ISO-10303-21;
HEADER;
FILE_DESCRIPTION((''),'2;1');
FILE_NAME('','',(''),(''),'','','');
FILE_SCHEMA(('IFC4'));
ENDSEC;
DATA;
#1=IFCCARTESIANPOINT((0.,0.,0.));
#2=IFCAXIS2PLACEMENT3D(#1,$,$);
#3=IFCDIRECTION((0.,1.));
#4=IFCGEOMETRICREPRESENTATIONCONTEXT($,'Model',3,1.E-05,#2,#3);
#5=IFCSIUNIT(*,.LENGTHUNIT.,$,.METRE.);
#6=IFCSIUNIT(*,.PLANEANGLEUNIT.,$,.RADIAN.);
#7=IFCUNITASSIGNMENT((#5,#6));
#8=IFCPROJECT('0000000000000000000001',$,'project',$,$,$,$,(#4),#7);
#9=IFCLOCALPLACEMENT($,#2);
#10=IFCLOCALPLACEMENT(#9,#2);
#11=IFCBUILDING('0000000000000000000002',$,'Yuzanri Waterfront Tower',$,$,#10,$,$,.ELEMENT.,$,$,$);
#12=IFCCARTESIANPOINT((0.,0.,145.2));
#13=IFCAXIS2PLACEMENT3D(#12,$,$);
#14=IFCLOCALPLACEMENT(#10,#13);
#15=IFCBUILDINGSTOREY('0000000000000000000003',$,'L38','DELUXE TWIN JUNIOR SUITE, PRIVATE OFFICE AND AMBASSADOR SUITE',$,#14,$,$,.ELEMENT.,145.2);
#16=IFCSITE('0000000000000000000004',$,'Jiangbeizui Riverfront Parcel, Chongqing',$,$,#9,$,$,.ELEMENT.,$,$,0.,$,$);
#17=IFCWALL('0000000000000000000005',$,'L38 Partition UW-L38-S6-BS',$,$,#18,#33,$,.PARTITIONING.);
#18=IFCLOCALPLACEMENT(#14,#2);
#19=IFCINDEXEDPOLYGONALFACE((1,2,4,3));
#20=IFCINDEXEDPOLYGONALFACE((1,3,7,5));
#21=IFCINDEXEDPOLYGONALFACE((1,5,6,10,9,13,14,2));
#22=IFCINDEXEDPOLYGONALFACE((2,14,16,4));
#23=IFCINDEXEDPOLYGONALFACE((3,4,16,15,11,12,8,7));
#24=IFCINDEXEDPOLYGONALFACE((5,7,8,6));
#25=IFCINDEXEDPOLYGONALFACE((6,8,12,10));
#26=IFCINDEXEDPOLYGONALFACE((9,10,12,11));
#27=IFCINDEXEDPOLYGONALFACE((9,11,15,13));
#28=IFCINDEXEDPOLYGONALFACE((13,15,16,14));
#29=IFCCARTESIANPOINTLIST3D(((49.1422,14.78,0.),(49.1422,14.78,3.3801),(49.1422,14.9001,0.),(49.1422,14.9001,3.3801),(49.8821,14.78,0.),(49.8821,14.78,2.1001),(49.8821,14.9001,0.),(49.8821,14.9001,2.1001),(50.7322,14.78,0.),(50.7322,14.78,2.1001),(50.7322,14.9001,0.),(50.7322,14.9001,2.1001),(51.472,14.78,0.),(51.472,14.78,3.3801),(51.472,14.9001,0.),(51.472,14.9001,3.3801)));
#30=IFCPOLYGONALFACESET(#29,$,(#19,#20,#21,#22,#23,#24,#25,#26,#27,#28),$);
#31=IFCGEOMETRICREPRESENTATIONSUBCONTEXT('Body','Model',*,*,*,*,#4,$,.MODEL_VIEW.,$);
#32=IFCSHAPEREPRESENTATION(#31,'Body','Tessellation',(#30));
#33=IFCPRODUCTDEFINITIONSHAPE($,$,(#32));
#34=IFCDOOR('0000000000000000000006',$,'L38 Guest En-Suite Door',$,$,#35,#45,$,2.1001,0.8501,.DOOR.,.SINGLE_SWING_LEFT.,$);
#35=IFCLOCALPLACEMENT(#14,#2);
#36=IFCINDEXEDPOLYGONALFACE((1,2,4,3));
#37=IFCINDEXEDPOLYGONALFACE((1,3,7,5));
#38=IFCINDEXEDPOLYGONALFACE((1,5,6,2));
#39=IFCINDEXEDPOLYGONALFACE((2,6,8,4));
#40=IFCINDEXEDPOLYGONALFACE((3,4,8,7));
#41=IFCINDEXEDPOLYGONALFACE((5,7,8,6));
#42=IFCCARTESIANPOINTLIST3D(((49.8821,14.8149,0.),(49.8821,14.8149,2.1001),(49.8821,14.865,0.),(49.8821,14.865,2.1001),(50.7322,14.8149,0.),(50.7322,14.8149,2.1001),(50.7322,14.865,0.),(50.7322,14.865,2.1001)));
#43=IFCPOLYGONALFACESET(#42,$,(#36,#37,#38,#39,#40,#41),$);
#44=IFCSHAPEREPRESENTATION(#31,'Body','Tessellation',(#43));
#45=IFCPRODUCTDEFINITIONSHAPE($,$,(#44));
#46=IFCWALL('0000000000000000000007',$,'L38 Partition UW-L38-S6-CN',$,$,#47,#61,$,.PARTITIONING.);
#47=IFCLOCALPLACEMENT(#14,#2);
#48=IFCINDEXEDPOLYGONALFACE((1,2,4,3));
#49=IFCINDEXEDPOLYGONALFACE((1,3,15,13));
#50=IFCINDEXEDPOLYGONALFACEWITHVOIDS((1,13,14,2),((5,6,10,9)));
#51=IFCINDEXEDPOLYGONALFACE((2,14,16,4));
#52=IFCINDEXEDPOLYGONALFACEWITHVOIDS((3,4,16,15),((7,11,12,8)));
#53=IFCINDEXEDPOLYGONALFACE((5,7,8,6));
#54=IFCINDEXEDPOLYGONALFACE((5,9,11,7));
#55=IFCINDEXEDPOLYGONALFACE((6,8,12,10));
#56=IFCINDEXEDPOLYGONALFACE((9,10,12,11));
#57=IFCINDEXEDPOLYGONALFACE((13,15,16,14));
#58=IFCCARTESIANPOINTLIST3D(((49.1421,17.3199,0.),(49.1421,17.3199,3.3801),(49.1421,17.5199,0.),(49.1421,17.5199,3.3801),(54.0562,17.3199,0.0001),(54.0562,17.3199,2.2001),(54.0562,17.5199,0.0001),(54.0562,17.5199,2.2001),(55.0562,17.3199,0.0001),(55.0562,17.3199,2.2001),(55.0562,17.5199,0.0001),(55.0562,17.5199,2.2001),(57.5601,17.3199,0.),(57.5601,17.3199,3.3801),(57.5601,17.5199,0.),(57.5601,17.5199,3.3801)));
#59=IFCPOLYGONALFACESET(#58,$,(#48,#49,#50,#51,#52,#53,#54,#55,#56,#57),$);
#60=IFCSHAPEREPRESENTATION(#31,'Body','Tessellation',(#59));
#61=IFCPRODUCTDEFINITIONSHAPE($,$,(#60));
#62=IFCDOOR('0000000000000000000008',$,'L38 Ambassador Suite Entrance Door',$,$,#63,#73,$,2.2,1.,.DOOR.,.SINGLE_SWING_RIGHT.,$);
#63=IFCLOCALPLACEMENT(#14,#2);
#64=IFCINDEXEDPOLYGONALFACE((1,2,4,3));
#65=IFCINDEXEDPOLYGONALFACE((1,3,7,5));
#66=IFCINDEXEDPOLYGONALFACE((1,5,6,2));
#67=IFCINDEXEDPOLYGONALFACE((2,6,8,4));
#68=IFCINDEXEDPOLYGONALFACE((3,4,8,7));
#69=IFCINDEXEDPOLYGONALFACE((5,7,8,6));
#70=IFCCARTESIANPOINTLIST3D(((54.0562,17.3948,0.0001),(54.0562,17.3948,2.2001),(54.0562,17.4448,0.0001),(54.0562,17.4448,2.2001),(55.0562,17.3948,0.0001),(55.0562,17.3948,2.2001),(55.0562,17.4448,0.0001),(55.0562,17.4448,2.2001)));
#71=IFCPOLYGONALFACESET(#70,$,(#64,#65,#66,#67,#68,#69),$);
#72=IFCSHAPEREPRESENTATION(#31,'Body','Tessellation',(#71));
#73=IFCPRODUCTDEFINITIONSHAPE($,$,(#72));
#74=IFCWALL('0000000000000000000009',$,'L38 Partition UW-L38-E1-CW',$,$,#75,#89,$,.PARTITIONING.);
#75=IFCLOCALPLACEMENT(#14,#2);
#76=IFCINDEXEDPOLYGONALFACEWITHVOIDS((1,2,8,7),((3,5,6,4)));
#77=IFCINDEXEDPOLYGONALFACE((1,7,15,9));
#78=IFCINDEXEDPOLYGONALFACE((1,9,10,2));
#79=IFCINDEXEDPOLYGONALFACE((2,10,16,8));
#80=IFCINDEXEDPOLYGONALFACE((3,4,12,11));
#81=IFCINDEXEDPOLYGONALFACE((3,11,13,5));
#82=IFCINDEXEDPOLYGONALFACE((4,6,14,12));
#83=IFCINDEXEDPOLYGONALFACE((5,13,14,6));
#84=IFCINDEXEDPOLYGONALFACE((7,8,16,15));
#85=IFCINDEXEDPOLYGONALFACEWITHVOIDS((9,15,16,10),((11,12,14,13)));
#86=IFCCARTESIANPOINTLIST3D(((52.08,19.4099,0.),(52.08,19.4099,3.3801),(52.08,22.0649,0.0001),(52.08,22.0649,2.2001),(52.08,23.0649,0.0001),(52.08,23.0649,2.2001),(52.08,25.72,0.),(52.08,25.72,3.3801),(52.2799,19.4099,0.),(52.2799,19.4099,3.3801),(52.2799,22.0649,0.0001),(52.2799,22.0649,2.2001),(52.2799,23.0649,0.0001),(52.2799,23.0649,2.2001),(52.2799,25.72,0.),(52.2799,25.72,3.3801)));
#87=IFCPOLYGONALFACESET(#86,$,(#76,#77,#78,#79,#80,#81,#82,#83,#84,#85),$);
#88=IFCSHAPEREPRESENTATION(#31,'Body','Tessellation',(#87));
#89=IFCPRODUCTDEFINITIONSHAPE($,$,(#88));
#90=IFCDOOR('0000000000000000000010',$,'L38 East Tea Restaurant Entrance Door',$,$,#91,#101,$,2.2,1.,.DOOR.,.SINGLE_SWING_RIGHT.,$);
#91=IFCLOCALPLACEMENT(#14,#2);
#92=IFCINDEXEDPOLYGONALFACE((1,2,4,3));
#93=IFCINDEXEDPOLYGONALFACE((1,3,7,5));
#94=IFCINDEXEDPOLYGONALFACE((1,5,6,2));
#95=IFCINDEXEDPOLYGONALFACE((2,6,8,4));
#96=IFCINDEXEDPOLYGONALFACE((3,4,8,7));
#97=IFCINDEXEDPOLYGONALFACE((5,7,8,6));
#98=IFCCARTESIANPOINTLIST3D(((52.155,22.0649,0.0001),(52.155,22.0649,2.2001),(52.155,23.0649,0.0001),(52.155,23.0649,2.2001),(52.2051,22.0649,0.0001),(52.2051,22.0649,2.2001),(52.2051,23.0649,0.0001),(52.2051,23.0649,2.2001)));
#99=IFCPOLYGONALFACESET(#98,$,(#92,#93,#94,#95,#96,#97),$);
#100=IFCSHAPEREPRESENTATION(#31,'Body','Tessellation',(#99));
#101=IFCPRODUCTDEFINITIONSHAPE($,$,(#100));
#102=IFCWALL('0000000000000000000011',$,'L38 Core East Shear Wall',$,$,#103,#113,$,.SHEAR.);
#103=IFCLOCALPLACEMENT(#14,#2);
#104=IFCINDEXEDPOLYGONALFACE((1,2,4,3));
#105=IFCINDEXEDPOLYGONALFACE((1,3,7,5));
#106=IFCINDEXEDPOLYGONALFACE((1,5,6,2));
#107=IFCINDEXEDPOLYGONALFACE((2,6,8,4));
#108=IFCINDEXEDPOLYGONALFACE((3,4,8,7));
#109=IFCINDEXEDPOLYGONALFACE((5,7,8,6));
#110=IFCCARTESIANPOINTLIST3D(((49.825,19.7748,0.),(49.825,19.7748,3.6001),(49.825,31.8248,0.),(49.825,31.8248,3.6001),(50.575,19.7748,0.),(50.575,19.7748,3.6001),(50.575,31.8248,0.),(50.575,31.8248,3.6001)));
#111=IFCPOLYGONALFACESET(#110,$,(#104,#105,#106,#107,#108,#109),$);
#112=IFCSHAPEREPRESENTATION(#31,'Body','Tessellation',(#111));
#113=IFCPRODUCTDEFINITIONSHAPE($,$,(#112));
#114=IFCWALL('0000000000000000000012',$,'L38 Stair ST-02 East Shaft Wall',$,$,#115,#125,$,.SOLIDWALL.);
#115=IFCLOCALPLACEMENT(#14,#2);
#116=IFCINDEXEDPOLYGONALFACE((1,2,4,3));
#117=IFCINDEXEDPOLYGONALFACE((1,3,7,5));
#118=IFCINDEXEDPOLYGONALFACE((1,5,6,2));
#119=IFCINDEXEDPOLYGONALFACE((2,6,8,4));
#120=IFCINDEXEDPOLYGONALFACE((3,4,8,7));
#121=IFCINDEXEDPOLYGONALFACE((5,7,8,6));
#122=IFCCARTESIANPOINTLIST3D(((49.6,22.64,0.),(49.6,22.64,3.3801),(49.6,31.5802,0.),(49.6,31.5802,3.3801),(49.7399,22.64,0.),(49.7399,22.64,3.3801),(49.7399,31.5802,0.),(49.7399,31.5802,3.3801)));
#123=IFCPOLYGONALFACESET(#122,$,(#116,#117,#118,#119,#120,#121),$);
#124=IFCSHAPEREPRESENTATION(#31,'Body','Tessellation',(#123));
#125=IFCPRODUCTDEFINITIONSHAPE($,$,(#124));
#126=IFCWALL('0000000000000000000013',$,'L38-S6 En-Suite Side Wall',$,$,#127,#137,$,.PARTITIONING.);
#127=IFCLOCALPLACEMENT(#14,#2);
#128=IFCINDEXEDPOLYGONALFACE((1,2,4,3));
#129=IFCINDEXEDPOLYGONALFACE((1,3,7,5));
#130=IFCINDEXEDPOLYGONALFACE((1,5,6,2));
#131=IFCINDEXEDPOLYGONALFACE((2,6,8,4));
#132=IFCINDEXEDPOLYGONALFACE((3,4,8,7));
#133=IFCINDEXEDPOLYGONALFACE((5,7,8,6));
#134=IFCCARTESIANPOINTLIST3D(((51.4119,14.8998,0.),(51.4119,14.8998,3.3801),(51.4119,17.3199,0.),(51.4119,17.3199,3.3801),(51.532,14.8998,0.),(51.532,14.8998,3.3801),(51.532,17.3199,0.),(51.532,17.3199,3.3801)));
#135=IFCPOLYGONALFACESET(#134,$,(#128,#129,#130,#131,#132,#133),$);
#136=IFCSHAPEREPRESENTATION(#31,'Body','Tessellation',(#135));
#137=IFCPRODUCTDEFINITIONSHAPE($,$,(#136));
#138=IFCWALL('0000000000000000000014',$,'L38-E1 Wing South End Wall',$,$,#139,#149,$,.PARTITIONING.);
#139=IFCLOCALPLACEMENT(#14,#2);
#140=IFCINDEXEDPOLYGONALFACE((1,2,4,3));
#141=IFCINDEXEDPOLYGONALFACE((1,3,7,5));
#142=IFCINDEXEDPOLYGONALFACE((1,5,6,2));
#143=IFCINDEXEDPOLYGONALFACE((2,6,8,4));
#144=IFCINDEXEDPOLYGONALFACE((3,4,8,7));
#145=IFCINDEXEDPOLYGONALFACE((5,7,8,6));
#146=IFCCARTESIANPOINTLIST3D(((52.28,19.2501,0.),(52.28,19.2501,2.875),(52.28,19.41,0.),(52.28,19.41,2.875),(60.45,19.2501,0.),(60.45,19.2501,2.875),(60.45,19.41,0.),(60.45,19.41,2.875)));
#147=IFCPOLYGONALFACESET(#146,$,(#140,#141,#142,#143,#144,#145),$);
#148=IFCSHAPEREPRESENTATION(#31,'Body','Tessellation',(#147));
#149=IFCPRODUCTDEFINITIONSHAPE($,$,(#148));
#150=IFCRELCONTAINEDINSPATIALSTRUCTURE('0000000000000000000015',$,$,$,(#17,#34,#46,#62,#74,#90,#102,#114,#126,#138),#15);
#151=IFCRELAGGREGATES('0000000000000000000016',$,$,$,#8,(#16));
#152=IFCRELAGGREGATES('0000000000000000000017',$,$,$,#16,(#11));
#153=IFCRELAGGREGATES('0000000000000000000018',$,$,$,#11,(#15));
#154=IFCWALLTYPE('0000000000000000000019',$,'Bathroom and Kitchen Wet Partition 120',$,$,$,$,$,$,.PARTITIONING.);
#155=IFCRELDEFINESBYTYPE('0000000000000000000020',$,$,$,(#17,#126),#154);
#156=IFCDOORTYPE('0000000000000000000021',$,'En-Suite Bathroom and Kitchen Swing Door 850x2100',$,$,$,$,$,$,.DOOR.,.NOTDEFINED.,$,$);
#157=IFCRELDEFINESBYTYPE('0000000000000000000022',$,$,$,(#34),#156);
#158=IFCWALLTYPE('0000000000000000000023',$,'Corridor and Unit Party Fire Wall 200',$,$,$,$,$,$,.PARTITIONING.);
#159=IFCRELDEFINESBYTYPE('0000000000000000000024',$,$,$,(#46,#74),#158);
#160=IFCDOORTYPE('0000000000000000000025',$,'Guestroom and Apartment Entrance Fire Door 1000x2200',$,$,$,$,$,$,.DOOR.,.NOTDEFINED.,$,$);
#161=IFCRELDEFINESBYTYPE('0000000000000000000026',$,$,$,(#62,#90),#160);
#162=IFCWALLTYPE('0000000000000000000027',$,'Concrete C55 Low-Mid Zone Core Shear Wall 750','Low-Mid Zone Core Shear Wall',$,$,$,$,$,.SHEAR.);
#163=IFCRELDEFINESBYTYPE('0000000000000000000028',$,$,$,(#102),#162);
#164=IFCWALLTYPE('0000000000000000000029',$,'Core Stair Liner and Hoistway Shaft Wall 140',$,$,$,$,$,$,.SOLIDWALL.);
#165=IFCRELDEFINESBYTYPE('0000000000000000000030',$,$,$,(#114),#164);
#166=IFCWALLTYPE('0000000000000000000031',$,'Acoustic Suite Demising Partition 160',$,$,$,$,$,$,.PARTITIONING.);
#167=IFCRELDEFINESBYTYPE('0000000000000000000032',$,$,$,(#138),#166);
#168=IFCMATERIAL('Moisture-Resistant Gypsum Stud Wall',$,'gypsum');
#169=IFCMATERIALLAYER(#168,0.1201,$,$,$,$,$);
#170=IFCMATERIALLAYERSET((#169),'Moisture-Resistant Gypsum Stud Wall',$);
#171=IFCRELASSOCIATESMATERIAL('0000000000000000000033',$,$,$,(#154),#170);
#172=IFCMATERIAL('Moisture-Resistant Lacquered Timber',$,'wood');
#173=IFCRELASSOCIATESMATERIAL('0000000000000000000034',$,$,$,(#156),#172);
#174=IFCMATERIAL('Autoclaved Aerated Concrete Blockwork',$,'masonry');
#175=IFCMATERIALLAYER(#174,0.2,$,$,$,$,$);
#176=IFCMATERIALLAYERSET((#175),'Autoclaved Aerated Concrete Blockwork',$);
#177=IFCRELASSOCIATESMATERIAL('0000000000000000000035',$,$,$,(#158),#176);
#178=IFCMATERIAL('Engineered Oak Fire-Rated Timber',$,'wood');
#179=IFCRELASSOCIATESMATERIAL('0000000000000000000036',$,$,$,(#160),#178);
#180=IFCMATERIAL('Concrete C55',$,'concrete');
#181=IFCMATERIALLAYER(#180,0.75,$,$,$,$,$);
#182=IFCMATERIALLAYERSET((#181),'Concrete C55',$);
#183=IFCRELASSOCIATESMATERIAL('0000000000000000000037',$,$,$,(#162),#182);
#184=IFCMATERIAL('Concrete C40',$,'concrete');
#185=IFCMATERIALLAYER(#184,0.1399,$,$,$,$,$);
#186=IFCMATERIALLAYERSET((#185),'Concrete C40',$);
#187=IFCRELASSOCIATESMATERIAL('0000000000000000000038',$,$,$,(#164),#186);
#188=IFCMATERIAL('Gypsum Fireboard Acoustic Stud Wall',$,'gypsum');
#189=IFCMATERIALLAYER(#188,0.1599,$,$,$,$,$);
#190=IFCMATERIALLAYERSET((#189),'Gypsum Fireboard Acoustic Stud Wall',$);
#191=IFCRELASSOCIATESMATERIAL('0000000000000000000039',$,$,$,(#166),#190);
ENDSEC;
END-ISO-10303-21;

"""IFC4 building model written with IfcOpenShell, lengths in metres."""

from ifc_helpers import new_model, si_unit, direction, frame, frame_2d, origin, place, context, subcontext, project, spatial, rectangle, extrude, source, transform, mapped, material, layer, layer_set, type_object, element, fill, save


model = new_model("IFC4")

# Units and contexts
model_context = context("Model", 3, precision=1e-05, world=origin(), true_north=direction((0.0, 1.0)))
body_context = subcontext(model_context, "Body", "Model", "MODEL_VIEW")
ifc_project = project(units=[si_unit("LENGTHUNIT", "METRE"), si_unit("PLANEANGLEUNIT", "RADIAN")], contexts=[model_context])

# Site, building, storey
site_placement = place(None, origin())
site = spatial("IfcSite", under=ifc_project, at=site_placement, Name="Jiangbeizui Riverfront Parcel, Chongqing", CompositionType="ELEMENT", RefElevation=0.0)
building_placement = place(site_placement, origin())
building = spatial("IfcBuilding", under=site, at=building_placement, Name="Yuzanri Waterfront Tower", CompositionType="ELEMENT")
storey_placement = place(building_placement, frame((0.0, 0.0, 145.2)))
storey = spatial("IfcBuildingStorey", under=building, at=storey_placement, Name="L38", Description="DELUXE TWIN JUNIOR SUITE, PRIVATE OFFICE AND AMBASSADOR SUITE", CompositionType="ELEMENT", Elevation=145.2)

# Walls, openings, doors
ifc_material_1 = material(Name="Moisture-Resistant Gypsum Stud Wall", Category="gypsum")
ifc_layer_1 = layer(ifc_material_1, 0.1201)
ifc_layer_set_1 = layer_set([ifc_layer_1], Name="Moisture-Resistant Gypsum Stud Wall")
wall_type_1 = type_object("IfcWallType", Name="Bathroom and Kitchen Wet Partition 120", PredefinedType="PARTITIONING", material=ifc_layer_set_1)
wall_1_placement = place(storey_placement, frame((49.1421, 14.8401, 0.0), z_axis=(0.0, 0.0, 1.0), x_axis=(1.0, 0.0, 0.0)))
wall_1 = element("IfcWall", 1, at=wall_1_placement, inside=storey, type_object=wall_type_1, Name="L38 Partition UW-L38-S6-BS", PredefinedType="PARTITIONING", context=body_context, shape_type="SweptSolid", body=[
    extrude(rectangle(XDim=2.3298, YDim=0.1201, at=frame_2d((1.165, 0.0))), origin(), (0.0, 0.0, 1.0), 3.3801),
])
opening_1_placement = place(wall_1_placement, frame((0.74, 0.0, 0.0)))
opening_1 = element("IfcOpeningElement", 2, at=opening_1_placement, cuts=wall_1, PredefinedType="OPENING", context=body_context, shape_type="SweptSolid", body=[
    extrude(rectangle(XDim=0.8501, YDim=2.1001, at=frame_2d((0.425, 1.05))), frame((0.0, 0.075, 0.0), z_axis=(0.0, -1.0, 0.0), x_axis=(1.0, 0.0, 0.0)), (0.0, 0.0, 1.0), 0.1499),
])
ifc_material_2 = material(Name="Moisture-Resistant Lacquered Timber", Category="wood")
door_type_1 = type_object("IfcDoorType", Name="En-Suite Bathroom and Kitchen Swing Door 850x2100", OperationType="NOTDEFINED", PredefinedType="DOOR", material=ifc_material_2)
shared_shape_1 = source(origin(), body_context, "Body", "SweptSolid", [
    extrude(rectangle(XDim=0.8501, YDim=2.1001, at=frame_2d((0.425, 1.05))), frame((0.0, 0.0249, 0.0), z_axis=(0.0, -1.0, 0.0), x_axis=(1.0, 0.0, 0.0)), (0.0, 0.0, 1.0), 0.05),
])
door_1_placement = place(opening_1_placement, origin())
door_1 = element("IfcDoor", 3, at=door_1_placement, inside=storey, type_object=door_type_1, Name="L38 Guest En-Suite Door", OperationType="SINGLE_SWING_LEFT", OverallHeight=2.1001, OverallWidth=0.8501, PredefinedType="DOOR", context=body_context, shape_type="MappedRepresentation", body=[
    mapped(shared_shape_1, transform((0.0, 0.0, 0.0), scale=1.0)),
])
fill(opening_1, door_1)
ifc_material_3 = material(Name="Autoclaved Aerated Concrete Blockwork", Category="masonry")
ifc_layer_2 = layer(ifc_material_3, 0.2)
ifc_layer_set_2 = layer_set([ifc_layer_2], Name="Autoclaved Aerated Concrete Blockwork")
wall_type_2 = type_object("IfcWallType", Name="Corridor and Unit Party Fire Wall 200", PredefinedType="PARTITIONING", material=ifc_layer_set_2)
wall_2_placement = place(storey_placement, frame((49.1421, 17.4199, 0.0), z_axis=(0.0, 0.0, 1.0), x_axis=(1.0, 0.0, 0.0)))
wall_2 = element("IfcWall", 4, at=wall_2_placement, inside=storey, type_object=wall_type_2, Name="L38 Partition UW-L38-S6-CN", PredefinedType="PARTITIONING", context=body_context, shape_type="SweptSolid", body=[
    extrude(rectangle(XDim=8.418, YDim=0.2, at=frame_2d((4.209, 0.0))), origin(), (0.0, 0.0, 1.0), 3.3801),
])
opening_2_placement = place(wall_2_placement, frame((4.9141, 0.0, 0.0)))
opening_2 = element("IfcOpeningElement", 5, at=opening_2_placement, cuts=wall_2, PredefinedType="OPENING", context=body_context, shape_type="SweptSolid", body=[
    extrude(rectangle(XDim=1.0, YDim=2.2, at=frame_2d((0.5, 1.1001))), frame((0.0, 0.1147, 0.0), z_axis=(0.0, -1.0, 0.0), x_axis=(1.0, 0.0, 0.0)), (0.0, 0.0, 1.0), 0.2297),
])
ifc_material_4 = material(Name="Engineered Oak Fire-Rated Timber", Category="wood")
door_type_2 = type_object("IfcDoorType", Name="Guestroom and Apartment Entrance Fire Door 1000x2200", OperationType="NOTDEFINED", PredefinedType="DOOR", material=ifc_material_4)
shared_shape_2 = source(origin(), body_context, "Body", "SweptSolid", [
    extrude(rectangle(XDim=1.0, YDim=2.2, at=frame_2d((0.5, 1.1001))), frame((0.0, 0.0249, 0.0), z_axis=(0.0, -1.0, 0.0), x_axis=(1.0, 0.0, 0.0)), (0.0, 0.0, 1.0), 0.05),
])
door_2_placement = place(opening_2_placement, origin())
door_2 = element("IfcDoor", 6, at=door_2_placement, inside=storey, type_object=door_type_2, Name="L38 Ambassador Suite Entrance Door", OperationType="SINGLE_SWING_RIGHT", OverallHeight=2.2, OverallWidth=1.0, PredefinedType="DOOR", context=body_context, shape_type="MappedRepresentation", body=[
    mapped(shared_shape_2, transform((0.0, 0.0, 0.0), scale=1.0)),
])
fill(opening_2, door_2)
wall_3_placement = place(storey_placement, frame((52.1799, 19.4099, 0.0), z_axis=(0.0, 0.0, 1.0), x_axis=(0.0, 1.0, 0.0)))
wall_3 = element("IfcWall", 7, at=wall_3_placement, inside=storey, type_object=wall_type_2, Name="L38 Partition UW-L38-E1-CW", PredefinedType="PARTITIONING", context=body_context, shape_type="SweptSolid", body=[
    extrude(rectangle(XDim=6.3101, YDim=0.2, at=frame_2d((3.155, 0.0))), origin(), (0.0, 0.0, 1.0), 3.3801),
])
opening_3_placement = place(wall_3_placement, frame((2.655, 0.0, 0.0)))
opening_3 = element("IfcOpeningElement", 8, at=opening_3_placement, cuts=wall_3, PredefinedType="OPENING", context=body_context, shape_type="SweptSolid", body=[
    extrude(rectangle(XDim=1.0, YDim=2.2, at=frame_2d((0.5, 1.1001))), frame((0.0, 0.1147, 0.0), z_axis=(0.0, -1.0, 0.0), x_axis=(1.0, 0.0, 0.0)), (0.0, 0.0, 1.0), 0.2297),
])
door_3_placement = place(opening_3_placement, origin())
door_3 = element("IfcDoor", 9, at=door_3_placement, inside=storey, type_object=door_type_2, Name="L38 East Tea Restaurant Entrance Door", OperationType="SINGLE_SWING_RIGHT", OverallHeight=2.2, OverallWidth=1.0, PredefinedType="DOOR", context=body_context, shape_type="MappedRepresentation", body=[
    mapped(shared_shape_2, transform((0.0, 0.0, 0.0), scale=1.0)),
])
fill(opening_3, door_3)

# Walls
ifc_material_5 = material(Name="Concrete C55", Category="concrete")
ifc_layer_3 = layer(ifc_material_5, 0.75)
ifc_layer_set_3 = layer_set([ifc_layer_3], Name="Concrete C55")
wall_type_3 = type_object("IfcWallType", Name="Concrete C55 Low-Mid Zone Core Shear Wall 750", Description="Low-Mid Zone Core Shear Wall", PredefinedType="SHEAR", material=ifc_layer_set_3)
shared_shape_3 = source(origin(), body_context, "Body", "SweptSolid", [
    extrude(rectangle(XDim=12.05, YDim=0.75, at=frame_2d((6.0249, 0.0))), origin(), (0.0, 0.0, 1.0), 3.6001),
])
wall_4_placement = place(storey_placement, frame((50.2, 19.7749, 0.0), z_axis=(0.0, 0.0, 1.0), x_axis=(0.0, 1.0, 0.0)))
element("IfcWall", 10, at=wall_4_placement, inside=storey, type_object=wall_type_3, Name="L38 Core East Shear Wall", PredefinedType="SHEAR", context=body_context, shape_type="MappedRepresentation", body=[
    mapped(shared_shape_3, transform((0.0, 0.0, 0.0), scale=1.0)),
])
ifc_material_6 = material(Name="Concrete C40", Category="concrete")
ifc_layer_4 = layer(ifc_material_6, 0.1399)
ifc_layer_set_4 = layer_set([ifc_layer_4], Name="Concrete C40")
wall_type_4 = type_object("IfcWallType", Name="Core Stair Liner and Hoistway Shaft Wall 140", PredefinedType="SOLIDWALL", material=ifc_layer_set_4)
shared_shape_4 = source(origin(), body_context, "Body", "SweptSolid", [
    extrude(rectangle(XDim=8.9402, YDim=0.1399, at=frame_2d((4.4702, 0.0))), origin(), (0.0, 0.0, 1.0), 3.3801),
])
wall_5_placement = place(storey_placement, frame((49.6699, 22.6399, 0.0), z_axis=(0.0, 0.0, 1.0), x_axis=(0.0, 1.0, 0.0)))
element("IfcWall", 11, at=wall_5_placement, inside=storey, type_object=wall_type_4, Name="L38 Stair ST-02 East Shaft Wall", PredefinedType="SOLIDWALL", context=body_context, shape_type="MappedRepresentation", body=[
    mapped(shared_shape_4, transform((0.0, 0.0, 0.0), scale=1.0)),
])
shared_shape_5 = source(origin(), body_context, "Body", "SweptSolid", [
    extrude(rectangle(XDim=2.4202, YDim=0.1201, at=frame_2d((1.21, 0.0))), origin(), (0.0, 0.0, 1.0), 3.3801),
])
wall_6_placement = place(storey_placement, frame((51.4719, 14.8999, 0.0), z_axis=(0.0, 0.0, 1.0), x_axis=(0.0, 1.0, 0.0)))
element("IfcWall", 12, at=wall_6_placement, inside=storey, type_object=wall_type_1, Name="L38-S6 En-Suite Side Wall", PredefinedType="PARTITIONING", context=body_context, shape_type="MappedRepresentation", body=[
    mapped(shared_shape_5, transform((0.0, 0.0, 0.0), scale=1.0)),
])
ifc_material_7 = material(Name="Gypsum Fireboard Acoustic Stud Wall", Category="gypsum")
ifc_layer_5 = layer(ifc_material_7, 0.1599)
ifc_layer_set_5 = layer_set([ifc_layer_5], Name="Gypsum Fireboard Acoustic Stud Wall")
wall_type_5 = type_object("IfcWallType", Name="Acoustic Suite Demising Partition 160", PredefinedType="PARTITIONING", material=ifc_layer_set_5)
shared_shape_6 = source(origin(), body_context, "Body", "SweptSolid", [
    extrude(rectangle(XDim=8.1699, YDim=0.1599, at=frame_2d((4.085, 0.0))), origin(), (0.0, 0.0, 1.0), 2.875),
])
wall_7_placement = place(storey_placement, frame((52.28, 19.3301, 0.0), z_axis=(0.0, 0.0, 1.0), x_axis=(1.0, 0.0, 0.0)))
element("IfcWall", 13, at=wall_7_placement, inside=storey, type_object=wall_type_5, Name="L38-E1 Wing South End Wall", PredefinedType="PARTITIONING", context=body_context, shape_type="MappedRepresentation", body=[
    mapped(shared_shape_6, transform((0.0, 0.0, 0.0), scale=1.0)),
])

save(model, "model.ifc")
